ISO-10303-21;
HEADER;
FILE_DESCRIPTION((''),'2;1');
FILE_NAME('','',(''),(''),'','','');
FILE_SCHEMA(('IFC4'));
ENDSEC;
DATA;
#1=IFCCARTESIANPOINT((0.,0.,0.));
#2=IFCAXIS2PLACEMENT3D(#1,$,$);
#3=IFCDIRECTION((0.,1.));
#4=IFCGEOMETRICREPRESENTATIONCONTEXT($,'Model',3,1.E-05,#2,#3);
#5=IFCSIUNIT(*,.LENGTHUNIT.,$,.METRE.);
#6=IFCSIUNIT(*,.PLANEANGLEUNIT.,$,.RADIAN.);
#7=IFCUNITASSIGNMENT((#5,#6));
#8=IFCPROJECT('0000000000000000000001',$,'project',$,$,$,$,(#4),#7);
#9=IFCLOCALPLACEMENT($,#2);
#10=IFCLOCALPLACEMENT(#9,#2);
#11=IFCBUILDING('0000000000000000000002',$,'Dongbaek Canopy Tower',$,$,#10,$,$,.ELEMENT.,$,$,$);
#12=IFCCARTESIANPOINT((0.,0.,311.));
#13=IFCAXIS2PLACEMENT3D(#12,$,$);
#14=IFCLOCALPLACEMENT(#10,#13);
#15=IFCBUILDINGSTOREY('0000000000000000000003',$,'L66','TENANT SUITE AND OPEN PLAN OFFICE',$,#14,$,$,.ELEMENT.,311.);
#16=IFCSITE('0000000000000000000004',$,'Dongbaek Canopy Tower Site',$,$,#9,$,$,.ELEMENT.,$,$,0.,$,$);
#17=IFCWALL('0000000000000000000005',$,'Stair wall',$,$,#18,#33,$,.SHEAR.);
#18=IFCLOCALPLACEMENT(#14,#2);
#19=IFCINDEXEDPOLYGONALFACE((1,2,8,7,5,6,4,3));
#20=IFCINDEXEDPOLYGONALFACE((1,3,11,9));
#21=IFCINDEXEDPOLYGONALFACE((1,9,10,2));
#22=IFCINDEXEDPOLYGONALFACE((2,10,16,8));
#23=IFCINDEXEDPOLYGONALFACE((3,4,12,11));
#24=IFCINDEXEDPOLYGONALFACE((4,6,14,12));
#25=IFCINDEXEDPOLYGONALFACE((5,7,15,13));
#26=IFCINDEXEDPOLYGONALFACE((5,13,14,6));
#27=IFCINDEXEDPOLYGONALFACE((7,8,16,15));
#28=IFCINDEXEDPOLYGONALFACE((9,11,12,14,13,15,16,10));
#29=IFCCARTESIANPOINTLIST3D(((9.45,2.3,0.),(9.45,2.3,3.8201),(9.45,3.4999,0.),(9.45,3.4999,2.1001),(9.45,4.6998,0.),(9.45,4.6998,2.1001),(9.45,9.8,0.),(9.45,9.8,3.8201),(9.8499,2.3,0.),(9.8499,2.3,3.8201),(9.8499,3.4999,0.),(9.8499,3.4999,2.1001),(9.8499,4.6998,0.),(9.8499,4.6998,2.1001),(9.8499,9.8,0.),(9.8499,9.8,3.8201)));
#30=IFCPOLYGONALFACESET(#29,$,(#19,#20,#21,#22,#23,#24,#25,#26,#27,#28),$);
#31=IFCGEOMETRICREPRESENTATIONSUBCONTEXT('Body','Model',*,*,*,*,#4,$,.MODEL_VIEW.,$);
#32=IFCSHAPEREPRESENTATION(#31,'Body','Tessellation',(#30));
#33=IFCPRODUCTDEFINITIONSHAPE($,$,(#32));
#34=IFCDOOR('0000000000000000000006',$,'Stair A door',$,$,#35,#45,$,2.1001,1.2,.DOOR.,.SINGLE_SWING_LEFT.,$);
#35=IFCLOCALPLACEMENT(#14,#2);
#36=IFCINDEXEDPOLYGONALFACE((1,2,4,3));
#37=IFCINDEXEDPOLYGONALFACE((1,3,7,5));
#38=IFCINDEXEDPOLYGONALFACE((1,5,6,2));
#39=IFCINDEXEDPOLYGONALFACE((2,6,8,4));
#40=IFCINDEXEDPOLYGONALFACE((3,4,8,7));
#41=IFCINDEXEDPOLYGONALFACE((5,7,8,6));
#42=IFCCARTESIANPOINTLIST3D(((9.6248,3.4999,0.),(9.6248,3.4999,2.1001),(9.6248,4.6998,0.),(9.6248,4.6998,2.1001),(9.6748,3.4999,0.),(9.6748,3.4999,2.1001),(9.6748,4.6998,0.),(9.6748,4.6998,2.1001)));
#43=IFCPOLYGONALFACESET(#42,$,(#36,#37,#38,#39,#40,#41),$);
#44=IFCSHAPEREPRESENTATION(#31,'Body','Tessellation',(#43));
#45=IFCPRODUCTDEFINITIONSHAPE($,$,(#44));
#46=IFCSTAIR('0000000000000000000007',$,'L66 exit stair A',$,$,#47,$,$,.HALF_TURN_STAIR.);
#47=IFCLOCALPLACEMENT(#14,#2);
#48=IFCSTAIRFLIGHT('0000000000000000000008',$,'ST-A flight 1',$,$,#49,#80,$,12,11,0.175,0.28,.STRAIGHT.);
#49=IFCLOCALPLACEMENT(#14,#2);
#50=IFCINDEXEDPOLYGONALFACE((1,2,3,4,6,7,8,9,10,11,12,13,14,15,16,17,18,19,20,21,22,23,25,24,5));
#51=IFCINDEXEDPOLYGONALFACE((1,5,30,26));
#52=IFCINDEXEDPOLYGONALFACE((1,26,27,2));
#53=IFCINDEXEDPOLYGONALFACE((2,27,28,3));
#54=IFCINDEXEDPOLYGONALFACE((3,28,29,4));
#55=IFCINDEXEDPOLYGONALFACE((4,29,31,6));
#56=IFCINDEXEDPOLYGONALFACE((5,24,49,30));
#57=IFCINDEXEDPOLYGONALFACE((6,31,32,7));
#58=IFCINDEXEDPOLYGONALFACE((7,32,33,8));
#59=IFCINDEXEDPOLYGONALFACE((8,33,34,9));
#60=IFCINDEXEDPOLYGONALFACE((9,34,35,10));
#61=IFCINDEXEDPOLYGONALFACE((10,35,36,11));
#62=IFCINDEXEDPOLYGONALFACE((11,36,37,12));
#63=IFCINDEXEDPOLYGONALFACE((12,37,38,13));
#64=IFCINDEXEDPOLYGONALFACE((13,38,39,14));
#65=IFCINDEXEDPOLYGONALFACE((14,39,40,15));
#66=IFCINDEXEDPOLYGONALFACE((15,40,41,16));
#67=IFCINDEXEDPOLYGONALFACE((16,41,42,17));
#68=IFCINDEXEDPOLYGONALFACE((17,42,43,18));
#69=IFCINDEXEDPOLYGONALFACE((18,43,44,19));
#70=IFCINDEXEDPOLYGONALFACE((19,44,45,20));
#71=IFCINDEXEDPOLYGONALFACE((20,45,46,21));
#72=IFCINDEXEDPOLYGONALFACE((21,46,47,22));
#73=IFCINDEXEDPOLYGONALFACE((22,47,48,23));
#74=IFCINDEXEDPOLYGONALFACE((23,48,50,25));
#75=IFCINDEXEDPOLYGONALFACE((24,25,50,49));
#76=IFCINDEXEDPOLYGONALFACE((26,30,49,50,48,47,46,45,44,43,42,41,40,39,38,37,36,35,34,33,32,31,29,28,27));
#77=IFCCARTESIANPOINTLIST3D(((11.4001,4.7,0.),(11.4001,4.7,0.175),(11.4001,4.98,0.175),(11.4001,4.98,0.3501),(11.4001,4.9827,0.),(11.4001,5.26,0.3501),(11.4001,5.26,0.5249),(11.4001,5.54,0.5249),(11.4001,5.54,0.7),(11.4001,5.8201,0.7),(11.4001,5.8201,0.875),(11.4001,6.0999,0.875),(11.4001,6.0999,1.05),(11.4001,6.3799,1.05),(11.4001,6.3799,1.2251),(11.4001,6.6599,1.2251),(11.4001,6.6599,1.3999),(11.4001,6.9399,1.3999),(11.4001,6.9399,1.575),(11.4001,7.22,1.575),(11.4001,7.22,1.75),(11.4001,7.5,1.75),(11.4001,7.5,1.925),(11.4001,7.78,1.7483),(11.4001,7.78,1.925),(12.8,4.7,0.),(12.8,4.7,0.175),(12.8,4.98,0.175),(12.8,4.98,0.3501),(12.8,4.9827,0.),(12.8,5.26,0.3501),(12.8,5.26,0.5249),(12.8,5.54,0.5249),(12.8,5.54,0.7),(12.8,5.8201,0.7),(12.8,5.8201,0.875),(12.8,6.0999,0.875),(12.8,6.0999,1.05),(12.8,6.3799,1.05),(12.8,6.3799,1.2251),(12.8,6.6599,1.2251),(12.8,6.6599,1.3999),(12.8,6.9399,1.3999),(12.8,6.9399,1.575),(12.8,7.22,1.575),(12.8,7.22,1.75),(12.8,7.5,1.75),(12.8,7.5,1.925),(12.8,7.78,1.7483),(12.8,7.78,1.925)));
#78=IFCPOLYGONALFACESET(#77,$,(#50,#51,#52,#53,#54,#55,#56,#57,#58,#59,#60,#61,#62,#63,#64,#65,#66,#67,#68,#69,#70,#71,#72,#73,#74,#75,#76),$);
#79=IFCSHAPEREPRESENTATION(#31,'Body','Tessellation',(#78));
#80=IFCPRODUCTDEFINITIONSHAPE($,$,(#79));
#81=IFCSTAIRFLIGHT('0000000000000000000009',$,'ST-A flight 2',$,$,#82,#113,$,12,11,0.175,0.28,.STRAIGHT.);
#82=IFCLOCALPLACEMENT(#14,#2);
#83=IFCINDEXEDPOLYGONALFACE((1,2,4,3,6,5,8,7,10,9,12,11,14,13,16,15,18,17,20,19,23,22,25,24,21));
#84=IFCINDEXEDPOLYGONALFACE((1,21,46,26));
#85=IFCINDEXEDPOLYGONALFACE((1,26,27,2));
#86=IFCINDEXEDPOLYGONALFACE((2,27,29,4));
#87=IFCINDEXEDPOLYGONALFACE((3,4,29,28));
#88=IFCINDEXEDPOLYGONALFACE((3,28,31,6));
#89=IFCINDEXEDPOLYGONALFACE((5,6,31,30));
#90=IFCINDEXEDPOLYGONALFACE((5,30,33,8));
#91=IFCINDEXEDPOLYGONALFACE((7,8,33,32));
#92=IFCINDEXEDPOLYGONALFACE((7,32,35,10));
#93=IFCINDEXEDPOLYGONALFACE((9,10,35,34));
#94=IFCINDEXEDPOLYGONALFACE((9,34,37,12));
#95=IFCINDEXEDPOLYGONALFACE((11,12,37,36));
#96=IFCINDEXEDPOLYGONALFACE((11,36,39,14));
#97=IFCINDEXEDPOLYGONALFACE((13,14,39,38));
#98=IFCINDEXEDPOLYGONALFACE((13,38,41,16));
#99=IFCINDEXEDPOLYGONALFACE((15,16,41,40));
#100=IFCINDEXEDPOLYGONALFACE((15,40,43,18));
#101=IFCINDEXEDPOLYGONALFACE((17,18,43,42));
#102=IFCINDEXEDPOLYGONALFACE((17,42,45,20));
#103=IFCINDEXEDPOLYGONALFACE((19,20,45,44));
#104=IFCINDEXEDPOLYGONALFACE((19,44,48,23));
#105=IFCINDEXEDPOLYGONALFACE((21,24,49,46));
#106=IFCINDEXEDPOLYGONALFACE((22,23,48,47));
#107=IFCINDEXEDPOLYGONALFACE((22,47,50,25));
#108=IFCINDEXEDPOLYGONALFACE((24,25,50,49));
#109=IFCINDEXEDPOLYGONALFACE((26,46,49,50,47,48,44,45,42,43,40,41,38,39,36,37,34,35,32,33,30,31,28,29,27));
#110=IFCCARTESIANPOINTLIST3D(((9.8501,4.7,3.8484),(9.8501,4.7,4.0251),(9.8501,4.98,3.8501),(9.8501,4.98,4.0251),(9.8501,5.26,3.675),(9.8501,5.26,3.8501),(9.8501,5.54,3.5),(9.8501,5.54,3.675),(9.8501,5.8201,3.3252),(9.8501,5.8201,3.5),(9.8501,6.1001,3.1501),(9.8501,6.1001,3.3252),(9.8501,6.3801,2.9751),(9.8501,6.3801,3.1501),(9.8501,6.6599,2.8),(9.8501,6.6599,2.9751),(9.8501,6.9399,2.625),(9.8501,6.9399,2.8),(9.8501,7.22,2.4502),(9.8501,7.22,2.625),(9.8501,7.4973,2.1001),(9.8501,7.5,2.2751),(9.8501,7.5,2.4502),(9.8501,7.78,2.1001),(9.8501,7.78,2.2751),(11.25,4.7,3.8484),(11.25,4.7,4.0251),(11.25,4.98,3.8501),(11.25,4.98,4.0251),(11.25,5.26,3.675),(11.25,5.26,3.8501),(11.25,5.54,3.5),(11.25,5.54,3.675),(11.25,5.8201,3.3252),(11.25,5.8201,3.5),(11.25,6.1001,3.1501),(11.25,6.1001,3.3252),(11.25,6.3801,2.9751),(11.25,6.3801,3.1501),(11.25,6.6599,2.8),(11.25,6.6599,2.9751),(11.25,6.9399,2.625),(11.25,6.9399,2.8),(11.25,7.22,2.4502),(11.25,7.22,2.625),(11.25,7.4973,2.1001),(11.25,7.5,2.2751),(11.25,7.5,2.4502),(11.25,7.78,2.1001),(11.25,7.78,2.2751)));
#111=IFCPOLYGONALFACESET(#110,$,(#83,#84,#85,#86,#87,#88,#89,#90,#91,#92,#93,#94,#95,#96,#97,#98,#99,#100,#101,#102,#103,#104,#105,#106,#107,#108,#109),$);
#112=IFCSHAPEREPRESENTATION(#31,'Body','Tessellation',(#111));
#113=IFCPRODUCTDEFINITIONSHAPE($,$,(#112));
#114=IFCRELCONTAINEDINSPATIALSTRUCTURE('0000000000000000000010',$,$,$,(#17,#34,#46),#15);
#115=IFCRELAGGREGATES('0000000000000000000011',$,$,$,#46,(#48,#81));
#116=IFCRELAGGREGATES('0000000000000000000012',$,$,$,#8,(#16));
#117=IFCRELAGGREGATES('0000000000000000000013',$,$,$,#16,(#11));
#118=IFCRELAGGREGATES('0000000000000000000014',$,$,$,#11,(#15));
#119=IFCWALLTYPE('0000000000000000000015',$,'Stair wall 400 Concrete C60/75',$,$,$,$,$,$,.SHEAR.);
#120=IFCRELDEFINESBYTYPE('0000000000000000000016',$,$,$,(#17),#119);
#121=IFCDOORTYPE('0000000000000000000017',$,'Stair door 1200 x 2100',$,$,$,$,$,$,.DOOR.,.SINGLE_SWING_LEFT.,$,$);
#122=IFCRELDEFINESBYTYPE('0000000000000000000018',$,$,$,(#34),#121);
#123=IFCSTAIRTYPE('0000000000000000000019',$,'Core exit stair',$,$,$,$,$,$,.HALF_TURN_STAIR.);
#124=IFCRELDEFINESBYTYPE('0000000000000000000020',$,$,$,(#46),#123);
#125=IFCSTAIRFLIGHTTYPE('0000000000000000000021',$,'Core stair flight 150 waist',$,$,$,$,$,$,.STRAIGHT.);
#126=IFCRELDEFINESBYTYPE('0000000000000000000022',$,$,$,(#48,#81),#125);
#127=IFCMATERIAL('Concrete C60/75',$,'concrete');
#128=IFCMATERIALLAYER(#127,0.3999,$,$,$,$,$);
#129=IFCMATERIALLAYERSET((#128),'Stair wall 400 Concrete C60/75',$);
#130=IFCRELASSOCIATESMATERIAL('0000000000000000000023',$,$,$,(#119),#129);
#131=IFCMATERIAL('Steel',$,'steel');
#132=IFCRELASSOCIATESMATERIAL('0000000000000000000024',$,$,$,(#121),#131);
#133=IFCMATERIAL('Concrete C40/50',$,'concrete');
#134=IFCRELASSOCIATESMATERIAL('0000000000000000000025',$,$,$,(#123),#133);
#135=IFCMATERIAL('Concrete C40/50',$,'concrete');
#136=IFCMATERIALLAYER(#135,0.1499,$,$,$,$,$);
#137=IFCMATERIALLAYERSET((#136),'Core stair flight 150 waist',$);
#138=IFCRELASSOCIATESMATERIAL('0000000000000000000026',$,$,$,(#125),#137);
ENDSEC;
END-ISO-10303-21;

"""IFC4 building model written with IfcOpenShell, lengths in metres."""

from ifc_helpers import new_model, si_unit, direction, frame, frame_2d, origin, place, context, subcontext, project, spatial, polyline, rectangle, outline, extrude, material, layer, layer_set, type_object, element, fill, aggregate, save


model = new_model("IFC4")

# Units and contexts
model_context = context("Model", 3, precision=1e-05, world=origin(), true_north=direction((0.0, 1.0)))
body_context = subcontext(model_context, "Body", "Model", "MODEL_VIEW")
ifc_project = project(units=[si_unit("LENGTHUNIT", "METRE"), si_unit("PLANEANGLEUNIT", "RADIAN")], contexts=[model_context])

# Site, building, storey
site_placement = place(None, origin())
site = spatial("IfcSite", under=ifc_project, at=site_placement, Name="Dongbaek Canopy Tower Site", CompositionType="ELEMENT", RefElevation=0.0)
building_placement = place(site_placement, origin())
building = spatial("IfcBuilding", under=site, at=building_placement, Name="Dongbaek Canopy Tower", CompositionType="ELEMENT")
storey_placement = place(building_placement, frame((0.0, 0.0, 311.0)))
storey = spatial("IfcBuildingStorey", under=building, at=storey_placement, Name="L66", Description="TENANT SUITE AND OPEN PLAN OFFICE", CompositionType="ELEMENT", Elevation=311.0)

# Wall, opening, door
ifc_material_1 = material(Name="Concrete C60/75", Category="concrete")
ifc_layer_1 = layer(ifc_material_1, 0.3999)
ifc_layer_set_1 = layer_set([ifc_layer_1], Name="Stair wall 400 Concrete C60/75")
wall_type_1 = type_object("IfcWallType", Name="Stair wall 400 Concrete C60/75", PredefinedType="SHEAR", material=ifc_layer_set_1)
wall_1_placement = place(storey_placement, frame((9.6499, 9.8, 0.0), z_axis=(0.0, 0.0, 1.0), x_axis=(0.0, -1.0, 0.0)))
wall_1 = element("IfcWall", 1, at=wall_1_placement, inside=storey, type_object=wall_type_1, Name="Stair wall", PredefinedType="SHEAR", context=body_context, shape_type="SweptSolid", body=[
    extrude(rectangle(XDim=7.5, YDim=0.3999, at=frame_2d((3.75, 0.0))), origin(), (0.0, 0.0, 1.0), 3.8201),
])
opening_1_placement = place(wall_1_placement, frame((5.1001, 0.0, 0.0)))
opening_1 = element("IfcOpeningElement", 2, at=opening_1_placement, cuts=wall_1, PredefinedType="OPENING", context=body_context, shape_type="SweptSolid", body=[
    extrude(rectangle(XDim=1.2, YDim=2.1001, at=frame_2d((0.6001, 1.05))), frame((0.0, 0.21, 0.0), z_axis=(0.0, -1.0, 0.0), x_axis=(1.0, 0.0, 0.0)), (0.0, 0.0, 1.0), 0.4199),
])
ifc_material_2 = material(Name="Steel", Category="steel")
door_type_1 = type_object("IfcDoorType", Name="Stair door 1200 x 2100", OperationType="SINGLE_SWING_LEFT", PredefinedType="DOOR", material=ifc_material_2)
door_1_placement = place(opening_1_placement, origin())
door_1 = element("IfcDoor", 3, at=door_1_placement, inside=storey, type_object=door_type_1, Name="Stair A door", OperationType="SINGLE_SWING_LEFT", OverallHeight=2.1001, OverallWidth=1.2, PredefinedType="DOOR", context=body_context, shape_type="SweptSolid", body=[
    extrude(rectangle(XDim=1.2, YDim=2.1001, at=frame_2d((0.6001, 1.05))), frame((0.0, 0.0249, 0.0), z_axis=(0.0, -1.0, 0.0), x_axis=(1.0, 0.0, 0.0)), (0.0, 0.0, 1.0), 0.05),
])
fill(opening_1, door_1)

# Stair, stair flights
ifc_material_3 = material(Name="Concrete C40/50", Category="concrete")
stair_type = type_object("IfcStairType", Name="Core exit stair", PredefinedType="HALF_TURN_STAIR", material=ifc_material_3)
stair_placement = place(storey_placement, origin())
stair = element("IfcStair", 4, at=stair_placement, inside=storey, type_object=stair_type, Name="L66 exit stair A", PredefinedType="HALF_TURN_STAIR")
ifc_material_4 = material(Name="Concrete C40/50", Category="concrete")
ifc_layer_2 = layer(ifc_material_4, 0.1499)
ifc_layer_set_2 = layer_set([ifc_layer_2], Name="Core stair flight 150 waist")
stair_flight_type = type_object("IfcStairFlightType", Name="Core stair flight 150 waist", PredefinedType="STRAIGHT", material=ifc_layer_set_2)
stair_flight_1_placement = place(storey_placement, frame((12.1001, 4.7, 0.0), z_axis=(0.0, 0.0, 1.0), x_axis=(0.0, 1.0, 0.0)))
stair_flight_1 = element("IfcStairFlight", 5, at=stair_flight_1_placement, type_object=stair_flight_type, Name="ST-A flight 1", NumberOfRisers=12, NumberOfTreads=11, PredefinedType="STRAIGHT", RiserHeight=0.175, TreadLength=0.28, context=body_context, shape_type="SweptSolid", body=[
    extrude(outline(polyline([(0.0, 0.0), (0.0, 0.175), (0.28, 0.175), (0.28, 0.3501), (0.5601, 0.3501), (0.5601, 0.5249), (0.8401, 0.5249), (0.8401, 0.7), (1.1201, 0.7), (1.1201, 0.875), (1.3999, 0.875), (1.3999, 1.05), (1.6799, 1.05), (1.6799, 1.2251), (1.96, 1.2251), (1.96, 1.3999), (2.24, 1.3999), (2.24, 1.575), (2.52, 1.575), (2.52, 1.75), (2.8, 1.75), (2.8, 1.925), (3.0801, 1.925), (3.0801, 2.1001), (3.0801, 1.7483), (0.2827, 0.0), (0.0, 0.0)])), frame((0.0, 0.7, 0.0), z_axis=(0.0, -1.0, 0.0), x_axis=(1.0, 0.0, 0.0)), (0.0, 0.0, 1.0), 1.3999),
])
stair_flight_2_placement = place(storey_placement, frame((10.55, 7.78, 2.1001), z_axis=(0.0, 0.0, 1.0), x_axis=(0.0, -1.0, 0.0)))
stair_flight_2 = element("IfcStairFlight", 6, at=stair_flight_2_placement, type_object=stair_flight_type, Name="ST-A flight 2", NumberOfRisers=12, NumberOfTreads=11, PredefinedType="STRAIGHT", RiserHeight=0.175, TreadLength=0.28, context=body_context, shape_type="SweptSolid", body=[
    extrude(outline(polyline([(0.0, 0.0), (0.0, 0.175), (0.28, 0.175), (0.28, 0.3501), (0.5601, 0.3501), (0.5601, 0.5249), (0.8401, 0.5249), (0.8401, 0.7), (1.1201, 0.7), (1.1201, 0.875), (1.3999, 0.875), (1.3999, 1.05), (1.6799, 1.05), (1.6799, 1.2251), (1.96, 1.2251), (1.96, 1.3999), (2.24, 1.3999), (2.24, 1.575), (2.52, 1.575), (2.52, 1.75), (2.8, 1.75), (2.8, 1.925), (3.0801, 1.925), (3.0801, 2.1001), (3.0801, 1.7483), (0.2827, 0.0), (0.0, 0.0)])), frame((0.0, 0.7, 0.0), z_axis=(0.0, -1.0, 0.0), x_axis=(1.0, 0.0, 0.0)), (0.0, 0.0, 1.0), 1.3999),
])
aggregate(stair, [stair_flight_1, stair_flight_2])

save(model, "model.ifc")
